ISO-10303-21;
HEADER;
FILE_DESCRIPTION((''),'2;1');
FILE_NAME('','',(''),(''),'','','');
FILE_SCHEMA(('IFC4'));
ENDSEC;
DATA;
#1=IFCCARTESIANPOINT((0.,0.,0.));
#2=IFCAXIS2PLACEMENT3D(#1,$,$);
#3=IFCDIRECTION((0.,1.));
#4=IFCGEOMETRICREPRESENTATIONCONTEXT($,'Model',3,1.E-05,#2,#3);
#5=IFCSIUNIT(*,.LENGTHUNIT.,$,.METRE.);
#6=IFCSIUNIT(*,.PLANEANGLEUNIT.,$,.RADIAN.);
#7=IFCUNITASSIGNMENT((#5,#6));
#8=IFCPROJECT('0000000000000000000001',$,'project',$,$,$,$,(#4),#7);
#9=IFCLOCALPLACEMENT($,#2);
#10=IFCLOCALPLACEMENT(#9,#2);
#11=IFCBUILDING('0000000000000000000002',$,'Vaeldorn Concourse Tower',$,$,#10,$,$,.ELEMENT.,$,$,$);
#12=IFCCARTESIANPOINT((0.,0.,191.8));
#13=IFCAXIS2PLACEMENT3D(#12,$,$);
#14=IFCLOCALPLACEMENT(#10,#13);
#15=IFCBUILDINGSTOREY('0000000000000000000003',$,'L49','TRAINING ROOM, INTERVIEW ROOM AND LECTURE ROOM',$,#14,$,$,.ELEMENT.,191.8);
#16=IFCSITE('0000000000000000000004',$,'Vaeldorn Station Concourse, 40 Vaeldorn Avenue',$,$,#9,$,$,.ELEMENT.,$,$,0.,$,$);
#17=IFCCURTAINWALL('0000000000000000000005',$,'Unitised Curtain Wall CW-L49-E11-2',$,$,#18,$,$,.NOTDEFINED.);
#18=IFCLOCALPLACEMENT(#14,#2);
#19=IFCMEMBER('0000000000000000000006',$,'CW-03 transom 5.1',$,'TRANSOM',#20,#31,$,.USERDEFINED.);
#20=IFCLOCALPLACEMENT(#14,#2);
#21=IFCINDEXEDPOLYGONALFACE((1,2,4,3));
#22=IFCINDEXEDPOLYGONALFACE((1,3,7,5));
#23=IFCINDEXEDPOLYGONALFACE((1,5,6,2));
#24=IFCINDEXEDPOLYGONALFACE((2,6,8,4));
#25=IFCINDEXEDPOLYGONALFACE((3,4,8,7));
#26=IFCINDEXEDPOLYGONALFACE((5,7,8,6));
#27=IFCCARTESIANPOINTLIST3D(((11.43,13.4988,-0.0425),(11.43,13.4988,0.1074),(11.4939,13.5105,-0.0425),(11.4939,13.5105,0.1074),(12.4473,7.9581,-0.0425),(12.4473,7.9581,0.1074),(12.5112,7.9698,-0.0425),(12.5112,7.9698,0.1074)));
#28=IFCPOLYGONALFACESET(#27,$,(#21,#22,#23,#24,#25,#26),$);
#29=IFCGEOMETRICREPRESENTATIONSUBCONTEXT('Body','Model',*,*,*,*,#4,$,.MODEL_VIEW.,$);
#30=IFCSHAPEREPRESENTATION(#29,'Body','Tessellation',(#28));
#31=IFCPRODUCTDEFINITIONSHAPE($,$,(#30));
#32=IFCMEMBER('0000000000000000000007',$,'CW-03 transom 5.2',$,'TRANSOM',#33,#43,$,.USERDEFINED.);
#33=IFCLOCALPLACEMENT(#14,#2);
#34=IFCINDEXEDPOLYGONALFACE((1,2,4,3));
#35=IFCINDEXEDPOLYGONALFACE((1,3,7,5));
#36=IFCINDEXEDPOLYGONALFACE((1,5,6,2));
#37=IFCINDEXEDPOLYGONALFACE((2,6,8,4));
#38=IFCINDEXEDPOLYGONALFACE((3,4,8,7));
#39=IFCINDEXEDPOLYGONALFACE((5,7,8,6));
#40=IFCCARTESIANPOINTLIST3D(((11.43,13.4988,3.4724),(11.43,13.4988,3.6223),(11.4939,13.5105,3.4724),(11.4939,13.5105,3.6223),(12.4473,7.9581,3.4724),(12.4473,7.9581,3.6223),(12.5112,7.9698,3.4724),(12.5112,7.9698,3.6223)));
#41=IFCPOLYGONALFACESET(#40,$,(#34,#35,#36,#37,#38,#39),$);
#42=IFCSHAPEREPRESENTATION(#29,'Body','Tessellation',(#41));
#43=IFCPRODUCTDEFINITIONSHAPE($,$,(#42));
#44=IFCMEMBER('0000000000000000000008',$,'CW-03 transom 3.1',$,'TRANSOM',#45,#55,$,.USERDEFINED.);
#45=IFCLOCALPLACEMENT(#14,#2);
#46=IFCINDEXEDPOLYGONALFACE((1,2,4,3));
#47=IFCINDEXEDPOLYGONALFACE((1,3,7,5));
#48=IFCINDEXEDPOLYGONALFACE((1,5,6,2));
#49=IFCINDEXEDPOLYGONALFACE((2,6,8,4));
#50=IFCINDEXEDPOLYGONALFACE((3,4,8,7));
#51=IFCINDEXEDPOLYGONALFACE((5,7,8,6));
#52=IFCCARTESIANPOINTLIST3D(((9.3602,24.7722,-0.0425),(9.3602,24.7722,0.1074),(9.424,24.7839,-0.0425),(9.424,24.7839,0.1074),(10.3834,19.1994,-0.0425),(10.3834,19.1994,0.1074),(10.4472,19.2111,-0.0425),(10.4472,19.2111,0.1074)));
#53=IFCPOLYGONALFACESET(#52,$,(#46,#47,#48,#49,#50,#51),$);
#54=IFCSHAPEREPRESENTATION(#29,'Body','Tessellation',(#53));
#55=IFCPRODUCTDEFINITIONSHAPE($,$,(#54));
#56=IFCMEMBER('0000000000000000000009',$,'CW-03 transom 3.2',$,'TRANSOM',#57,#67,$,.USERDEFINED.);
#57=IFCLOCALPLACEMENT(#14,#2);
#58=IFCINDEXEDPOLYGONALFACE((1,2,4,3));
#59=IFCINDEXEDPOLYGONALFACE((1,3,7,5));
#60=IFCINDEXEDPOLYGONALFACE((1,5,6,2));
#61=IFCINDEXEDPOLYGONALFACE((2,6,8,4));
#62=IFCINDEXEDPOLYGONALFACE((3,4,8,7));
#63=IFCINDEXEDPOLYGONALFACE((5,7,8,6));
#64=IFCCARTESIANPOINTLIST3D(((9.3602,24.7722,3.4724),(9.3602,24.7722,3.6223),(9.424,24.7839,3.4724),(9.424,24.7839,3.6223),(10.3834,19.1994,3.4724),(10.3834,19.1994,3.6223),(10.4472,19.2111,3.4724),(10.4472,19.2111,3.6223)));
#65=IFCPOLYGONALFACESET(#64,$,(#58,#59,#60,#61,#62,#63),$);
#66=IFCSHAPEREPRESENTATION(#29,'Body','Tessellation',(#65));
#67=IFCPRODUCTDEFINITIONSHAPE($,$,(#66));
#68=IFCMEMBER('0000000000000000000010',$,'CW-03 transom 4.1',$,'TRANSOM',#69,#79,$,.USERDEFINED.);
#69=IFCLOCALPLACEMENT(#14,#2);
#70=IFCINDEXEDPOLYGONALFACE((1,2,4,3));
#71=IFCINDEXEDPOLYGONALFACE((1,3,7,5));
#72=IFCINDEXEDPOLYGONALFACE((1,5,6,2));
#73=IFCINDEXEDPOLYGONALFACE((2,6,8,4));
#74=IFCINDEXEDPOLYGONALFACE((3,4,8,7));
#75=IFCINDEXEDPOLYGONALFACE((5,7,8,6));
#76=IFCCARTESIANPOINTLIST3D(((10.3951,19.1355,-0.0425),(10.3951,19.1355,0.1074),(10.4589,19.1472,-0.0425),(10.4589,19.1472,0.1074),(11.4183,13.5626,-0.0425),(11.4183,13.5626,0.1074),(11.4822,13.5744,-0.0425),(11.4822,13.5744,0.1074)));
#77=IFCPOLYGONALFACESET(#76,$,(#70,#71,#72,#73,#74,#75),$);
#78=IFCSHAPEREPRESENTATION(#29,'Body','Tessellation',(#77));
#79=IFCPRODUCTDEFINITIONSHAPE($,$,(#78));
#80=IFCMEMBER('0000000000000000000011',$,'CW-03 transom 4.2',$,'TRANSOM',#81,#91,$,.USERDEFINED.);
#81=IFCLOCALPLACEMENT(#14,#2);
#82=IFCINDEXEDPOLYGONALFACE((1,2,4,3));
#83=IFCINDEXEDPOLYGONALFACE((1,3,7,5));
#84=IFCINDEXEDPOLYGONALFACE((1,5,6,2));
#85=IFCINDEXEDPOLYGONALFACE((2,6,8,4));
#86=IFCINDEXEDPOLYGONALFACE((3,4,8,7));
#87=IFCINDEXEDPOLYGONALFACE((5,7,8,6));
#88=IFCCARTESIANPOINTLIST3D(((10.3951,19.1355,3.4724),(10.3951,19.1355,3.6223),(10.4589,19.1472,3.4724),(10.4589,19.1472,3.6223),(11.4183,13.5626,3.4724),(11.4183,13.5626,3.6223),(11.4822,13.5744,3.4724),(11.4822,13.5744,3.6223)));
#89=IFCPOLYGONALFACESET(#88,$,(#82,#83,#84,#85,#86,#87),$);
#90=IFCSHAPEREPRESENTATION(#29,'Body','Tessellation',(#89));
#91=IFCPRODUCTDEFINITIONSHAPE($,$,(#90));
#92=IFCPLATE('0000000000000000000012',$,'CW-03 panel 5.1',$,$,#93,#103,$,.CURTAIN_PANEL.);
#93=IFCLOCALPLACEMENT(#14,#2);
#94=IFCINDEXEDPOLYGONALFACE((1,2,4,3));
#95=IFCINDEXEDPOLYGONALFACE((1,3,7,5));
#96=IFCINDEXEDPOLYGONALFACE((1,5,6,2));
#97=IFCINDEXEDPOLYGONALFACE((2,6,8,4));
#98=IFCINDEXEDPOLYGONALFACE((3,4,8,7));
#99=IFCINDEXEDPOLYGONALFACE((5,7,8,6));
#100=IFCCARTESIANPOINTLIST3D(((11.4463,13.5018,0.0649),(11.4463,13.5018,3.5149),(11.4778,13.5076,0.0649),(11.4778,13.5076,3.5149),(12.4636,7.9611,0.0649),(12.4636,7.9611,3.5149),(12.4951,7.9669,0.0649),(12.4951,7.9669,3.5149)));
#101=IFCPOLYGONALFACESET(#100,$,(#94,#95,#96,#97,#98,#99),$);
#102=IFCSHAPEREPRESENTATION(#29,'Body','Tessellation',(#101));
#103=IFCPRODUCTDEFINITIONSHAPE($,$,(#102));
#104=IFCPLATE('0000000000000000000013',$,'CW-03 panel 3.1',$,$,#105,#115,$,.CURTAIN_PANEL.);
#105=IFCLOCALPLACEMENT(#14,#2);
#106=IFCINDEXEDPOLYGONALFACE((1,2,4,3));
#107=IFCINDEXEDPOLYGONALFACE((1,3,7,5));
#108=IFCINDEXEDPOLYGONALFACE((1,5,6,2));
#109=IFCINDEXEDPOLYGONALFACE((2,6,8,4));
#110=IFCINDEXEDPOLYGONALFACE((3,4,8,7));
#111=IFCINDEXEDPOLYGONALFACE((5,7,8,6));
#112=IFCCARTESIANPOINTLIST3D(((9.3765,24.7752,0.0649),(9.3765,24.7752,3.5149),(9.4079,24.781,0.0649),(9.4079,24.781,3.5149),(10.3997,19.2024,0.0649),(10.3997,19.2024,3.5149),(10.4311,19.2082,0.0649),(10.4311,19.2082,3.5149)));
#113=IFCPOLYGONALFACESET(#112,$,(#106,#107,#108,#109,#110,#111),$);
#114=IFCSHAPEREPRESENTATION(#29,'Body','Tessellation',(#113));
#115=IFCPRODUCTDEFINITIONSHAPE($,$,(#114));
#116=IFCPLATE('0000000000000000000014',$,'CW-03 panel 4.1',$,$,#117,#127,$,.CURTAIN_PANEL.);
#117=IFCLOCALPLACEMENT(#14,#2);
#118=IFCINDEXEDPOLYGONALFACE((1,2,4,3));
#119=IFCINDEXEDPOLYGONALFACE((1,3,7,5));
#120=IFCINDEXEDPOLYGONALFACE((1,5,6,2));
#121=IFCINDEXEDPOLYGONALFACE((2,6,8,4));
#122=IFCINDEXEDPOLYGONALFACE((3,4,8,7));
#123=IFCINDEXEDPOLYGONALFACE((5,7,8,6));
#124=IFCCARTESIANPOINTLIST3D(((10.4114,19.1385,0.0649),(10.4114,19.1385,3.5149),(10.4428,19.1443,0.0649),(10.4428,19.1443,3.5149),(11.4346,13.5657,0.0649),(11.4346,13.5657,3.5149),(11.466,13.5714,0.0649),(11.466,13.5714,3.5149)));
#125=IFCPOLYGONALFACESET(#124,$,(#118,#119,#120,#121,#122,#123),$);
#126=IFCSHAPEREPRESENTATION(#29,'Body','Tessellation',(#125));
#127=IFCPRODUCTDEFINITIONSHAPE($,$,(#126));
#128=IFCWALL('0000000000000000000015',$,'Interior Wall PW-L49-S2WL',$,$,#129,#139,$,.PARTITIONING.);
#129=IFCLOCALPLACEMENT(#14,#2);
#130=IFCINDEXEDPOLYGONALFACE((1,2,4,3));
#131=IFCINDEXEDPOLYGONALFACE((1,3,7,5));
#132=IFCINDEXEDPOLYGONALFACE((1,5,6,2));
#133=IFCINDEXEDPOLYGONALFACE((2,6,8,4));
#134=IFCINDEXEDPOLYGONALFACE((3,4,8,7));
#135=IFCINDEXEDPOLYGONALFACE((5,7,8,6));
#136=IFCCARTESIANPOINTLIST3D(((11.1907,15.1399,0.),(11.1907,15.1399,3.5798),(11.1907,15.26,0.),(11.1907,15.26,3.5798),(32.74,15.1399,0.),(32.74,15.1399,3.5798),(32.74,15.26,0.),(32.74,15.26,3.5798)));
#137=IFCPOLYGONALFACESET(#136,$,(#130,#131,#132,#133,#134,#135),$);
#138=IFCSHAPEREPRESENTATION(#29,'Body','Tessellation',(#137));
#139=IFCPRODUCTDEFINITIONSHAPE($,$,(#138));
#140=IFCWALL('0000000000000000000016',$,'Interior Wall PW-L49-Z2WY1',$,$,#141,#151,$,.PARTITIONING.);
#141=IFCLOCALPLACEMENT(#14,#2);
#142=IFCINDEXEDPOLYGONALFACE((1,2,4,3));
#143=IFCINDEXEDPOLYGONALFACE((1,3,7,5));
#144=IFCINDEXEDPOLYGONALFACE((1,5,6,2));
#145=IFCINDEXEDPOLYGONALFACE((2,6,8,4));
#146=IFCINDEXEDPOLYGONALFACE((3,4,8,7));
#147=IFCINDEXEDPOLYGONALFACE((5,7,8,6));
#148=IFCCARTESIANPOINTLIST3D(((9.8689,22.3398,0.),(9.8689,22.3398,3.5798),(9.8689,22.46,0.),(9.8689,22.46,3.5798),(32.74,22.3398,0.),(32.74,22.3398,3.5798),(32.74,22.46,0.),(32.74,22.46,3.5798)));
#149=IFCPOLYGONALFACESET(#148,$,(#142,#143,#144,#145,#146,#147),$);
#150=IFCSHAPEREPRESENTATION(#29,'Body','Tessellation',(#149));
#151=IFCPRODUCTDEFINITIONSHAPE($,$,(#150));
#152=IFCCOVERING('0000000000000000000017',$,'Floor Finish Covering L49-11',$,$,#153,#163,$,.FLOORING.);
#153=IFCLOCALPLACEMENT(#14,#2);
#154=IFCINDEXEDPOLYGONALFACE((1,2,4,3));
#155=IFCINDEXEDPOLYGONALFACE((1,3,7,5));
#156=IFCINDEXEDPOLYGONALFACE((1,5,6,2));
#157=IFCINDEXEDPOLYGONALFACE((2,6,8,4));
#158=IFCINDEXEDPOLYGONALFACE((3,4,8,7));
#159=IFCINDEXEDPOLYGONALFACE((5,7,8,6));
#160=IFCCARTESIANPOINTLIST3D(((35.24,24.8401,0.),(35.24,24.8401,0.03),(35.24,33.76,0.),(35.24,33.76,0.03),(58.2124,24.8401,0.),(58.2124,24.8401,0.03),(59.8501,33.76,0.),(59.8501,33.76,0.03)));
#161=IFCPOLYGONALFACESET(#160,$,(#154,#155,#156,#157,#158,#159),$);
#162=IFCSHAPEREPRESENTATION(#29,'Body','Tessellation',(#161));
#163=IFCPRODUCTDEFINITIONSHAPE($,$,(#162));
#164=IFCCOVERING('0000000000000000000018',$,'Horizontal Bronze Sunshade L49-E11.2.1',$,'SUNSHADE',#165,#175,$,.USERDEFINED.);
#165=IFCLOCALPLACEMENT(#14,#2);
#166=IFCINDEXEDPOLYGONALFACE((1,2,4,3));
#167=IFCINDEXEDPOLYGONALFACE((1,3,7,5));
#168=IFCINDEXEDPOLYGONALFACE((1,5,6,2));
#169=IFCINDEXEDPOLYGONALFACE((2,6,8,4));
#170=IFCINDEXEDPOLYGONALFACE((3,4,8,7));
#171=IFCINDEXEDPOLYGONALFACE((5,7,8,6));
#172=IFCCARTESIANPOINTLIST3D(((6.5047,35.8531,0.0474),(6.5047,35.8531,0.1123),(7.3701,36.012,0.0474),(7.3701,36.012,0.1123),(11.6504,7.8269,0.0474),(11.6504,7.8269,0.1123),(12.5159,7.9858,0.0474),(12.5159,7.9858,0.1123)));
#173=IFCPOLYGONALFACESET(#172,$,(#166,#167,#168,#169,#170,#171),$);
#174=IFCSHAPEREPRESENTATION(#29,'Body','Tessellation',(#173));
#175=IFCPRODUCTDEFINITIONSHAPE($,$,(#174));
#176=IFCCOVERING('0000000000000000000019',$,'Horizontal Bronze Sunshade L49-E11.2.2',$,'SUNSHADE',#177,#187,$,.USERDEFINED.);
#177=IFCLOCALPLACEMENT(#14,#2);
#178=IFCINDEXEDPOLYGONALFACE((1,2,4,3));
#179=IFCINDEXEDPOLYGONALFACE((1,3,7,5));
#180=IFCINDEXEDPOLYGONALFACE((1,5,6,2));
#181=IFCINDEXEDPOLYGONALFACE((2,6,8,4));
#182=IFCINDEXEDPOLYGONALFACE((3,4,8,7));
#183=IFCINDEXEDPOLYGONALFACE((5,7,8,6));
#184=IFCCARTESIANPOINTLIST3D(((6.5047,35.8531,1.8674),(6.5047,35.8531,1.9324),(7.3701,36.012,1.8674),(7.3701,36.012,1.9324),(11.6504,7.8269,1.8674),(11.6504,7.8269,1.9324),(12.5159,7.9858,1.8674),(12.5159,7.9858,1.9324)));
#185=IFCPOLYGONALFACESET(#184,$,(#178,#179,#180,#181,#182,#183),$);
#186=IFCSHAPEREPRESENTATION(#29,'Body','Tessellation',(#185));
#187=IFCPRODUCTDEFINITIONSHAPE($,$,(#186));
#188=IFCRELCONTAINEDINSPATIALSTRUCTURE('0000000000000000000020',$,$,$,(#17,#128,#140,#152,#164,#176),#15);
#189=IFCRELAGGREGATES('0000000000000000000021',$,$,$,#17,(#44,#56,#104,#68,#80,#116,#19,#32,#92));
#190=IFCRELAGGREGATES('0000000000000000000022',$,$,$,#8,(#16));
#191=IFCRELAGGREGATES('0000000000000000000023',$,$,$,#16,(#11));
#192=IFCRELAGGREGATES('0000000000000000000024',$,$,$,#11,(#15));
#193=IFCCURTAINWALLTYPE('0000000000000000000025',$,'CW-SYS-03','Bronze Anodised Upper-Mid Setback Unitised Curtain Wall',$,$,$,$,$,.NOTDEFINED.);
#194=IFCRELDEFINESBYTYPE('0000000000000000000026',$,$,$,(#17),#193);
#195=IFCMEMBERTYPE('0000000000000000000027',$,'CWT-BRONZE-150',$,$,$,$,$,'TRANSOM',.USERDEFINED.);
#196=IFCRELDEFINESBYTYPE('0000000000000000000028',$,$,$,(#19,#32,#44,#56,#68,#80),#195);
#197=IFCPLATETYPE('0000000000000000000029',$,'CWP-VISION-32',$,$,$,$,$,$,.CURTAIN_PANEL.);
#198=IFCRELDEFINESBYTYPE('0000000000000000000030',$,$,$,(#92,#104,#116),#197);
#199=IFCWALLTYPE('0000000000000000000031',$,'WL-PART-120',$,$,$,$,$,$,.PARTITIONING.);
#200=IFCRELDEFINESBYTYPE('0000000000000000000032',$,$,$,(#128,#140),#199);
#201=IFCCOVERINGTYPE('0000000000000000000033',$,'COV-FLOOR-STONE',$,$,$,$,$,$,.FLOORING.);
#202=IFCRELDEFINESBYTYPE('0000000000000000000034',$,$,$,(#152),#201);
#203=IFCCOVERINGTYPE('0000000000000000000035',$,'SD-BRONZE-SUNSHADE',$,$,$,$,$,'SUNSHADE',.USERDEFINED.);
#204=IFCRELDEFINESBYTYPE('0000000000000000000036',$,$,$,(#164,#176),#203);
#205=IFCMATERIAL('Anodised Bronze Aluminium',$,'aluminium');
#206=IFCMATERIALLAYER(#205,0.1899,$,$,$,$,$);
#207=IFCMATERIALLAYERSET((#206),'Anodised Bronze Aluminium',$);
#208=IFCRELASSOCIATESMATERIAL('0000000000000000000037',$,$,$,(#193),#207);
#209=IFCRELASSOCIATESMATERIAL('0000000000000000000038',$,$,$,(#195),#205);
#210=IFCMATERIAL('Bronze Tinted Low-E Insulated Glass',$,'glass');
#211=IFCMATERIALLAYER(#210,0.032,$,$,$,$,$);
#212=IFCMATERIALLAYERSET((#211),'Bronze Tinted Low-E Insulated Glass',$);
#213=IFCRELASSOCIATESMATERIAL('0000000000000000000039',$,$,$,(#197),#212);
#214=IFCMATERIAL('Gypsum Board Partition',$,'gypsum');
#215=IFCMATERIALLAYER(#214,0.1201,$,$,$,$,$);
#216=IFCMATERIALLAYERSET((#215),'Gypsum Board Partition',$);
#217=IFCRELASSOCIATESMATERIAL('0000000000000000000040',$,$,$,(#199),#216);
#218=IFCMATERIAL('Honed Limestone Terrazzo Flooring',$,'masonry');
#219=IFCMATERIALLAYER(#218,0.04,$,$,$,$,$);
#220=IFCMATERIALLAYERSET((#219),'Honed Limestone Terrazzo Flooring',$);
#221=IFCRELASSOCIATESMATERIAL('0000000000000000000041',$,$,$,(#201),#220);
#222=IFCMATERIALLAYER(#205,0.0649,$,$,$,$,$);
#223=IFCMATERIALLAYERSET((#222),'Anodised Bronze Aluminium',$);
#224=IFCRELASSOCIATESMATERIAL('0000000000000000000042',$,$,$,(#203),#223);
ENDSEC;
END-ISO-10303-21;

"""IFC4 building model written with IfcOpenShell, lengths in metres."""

from ifc_helpers import new_model, si_unit, direction, frame, frame_2d, origin, origin_2d, place, context, subcontext, project, spatial, polyline, rectangle, outline, extrude, source, transform, mapped, material, layer, layer_set, material_profile, profile_set, type_object, element, aggregate, save


model = new_model("IFC4")

# Units and contexts
model_context = context("Model", 3, precision=1e-05, world=origin(), true_north=direction((0.0, 1.0)))
body_context = subcontext(model_context, "Body", "Model", "MODEL_VIEW")
ifc_project = project(units=[si_unit("LENGTHUNIT", "METRE"), si_unit("PLANEANGLEUNIT", "RADIAN")], contexts=[model_context])

# Site, building, storey
site_placement = place(None, origin())
site = spatial("IfcSite", under=ifc_project, at=site_placement, Name="Vaeldorn Station Concourse, 40 Vaeldorn Avenue", CompositionType="ELEMENT", RefElevation=0.0)
building_placement = place(site_placement, origin())
building = spatial("IfcBuilding", under=site, at=building_placement, Name="Vaeldorn Concourse Tower", CompositionType="ELEMENT")
storey_placement = place(building_placement, frame((0.0, 0.0, 191.8)))
storey = spatial("IfcBuildingStorey", under=building, at=storey_placement, Name="L49", Description="TRAINING ROOM, INTERVIEW ROOM AND LECTURE ROOM", CompositionType="ELEMENT", Elevation=191.8)

# Curtain wall, members, plates
ifc_material_1 = material(Name="Anodised Bronze Aluminium", Category="aluminium")
ifc_layer_1 = layer(ifc_material_1, 0.1899)
ifc_layer_set_1 = layer_set([ifc_layer_1], Name="Anodised Bronze Aluminium")
curtain_wall_type = type_object("IfcCurtainWallType", Name="CW-SYS-03", Description="Bronze Anodised Upper-Mid Setback Unitised Curtain Wall", PredefinedType="NOTDEFINED", material=ifc_layer_set_1)
curtain_wall_placement = place(storey_placement, origin())
curtain_wall = element("IfcCurtainWall", 1, at=curtain_wall_placement, inside=storey, type_object=curtain_wall_type, Name="Unitised Curtain Wall CW-L49-E11-2", PredefinedType="NOTDEFINED")
ifc_material_profile_1 = material_profile(ifc_material_1, rectangle(XDim=0.0649, YDim=0.1499, at=origin_2d()), Name="CWT 65x150")
ifc_profile_set_1 = profile_set([ifc_material_profile_1], Name="Anodised Bronze Aluminium")
member_type_1 = type_object("IfcMemberType", Name="CWT-BRONZE-150", ElementType="TRANSOM", PredefinedType="USERDEFINED", material=ifc_profile_set_1)
shared_shape_1 = source(origin(), body_context, "Body", "SweptSolid", [
    extrude(rectangle(XDim=0.0649, YDim=0.1499, at=origin_2d()), origin(), (0.0, 0.0, 1.0), 5.6333),
])
member_1_placement = place(storey_placement, frame((11.4619, 13.5046, 0.0325), z_axis=(0.18059, -0.983558, 0.0), x_axis=(0.983558, 0.18059, 0.0)))
member_1 = element("IfcMember", 2, at=member_1_placement, type_object=member_type_1, Name="CW-03 transom 5.1", ObjectType="TRANSOM", PredefinedType="USERDEFINED", context=body_context, shape_type="MappedRepresentation", body=[
    mapped(shared_shape_1, transform((0.0, 0.0, 0.0), scale=1.0)),
])
member_2_placement = place(storey_placement, frame((11.4619, 13.5046, 3.5474), z_axis=(0.18059, -0.983558, 0.0), x_axis=(0.983558, 0.18059, 0.0)))
member_2 = element("IfcMember", 3, at=member_2_placement, type_object=member_type_1, Name="CW-03 transom 5.2", ObjectType="TRANSOM", PredefinedType="USERDEFINED", context=body_context, shape_type="MappedRepresentation", body=[
    mapped(shared_shape_1, transform((0.0, 0.0, 0.0), scale=1.0)),
])
shared_shape_2 = source(origin(), body_context, "Body", "SweptSolid", [
    extrude(rectangle(XDim=0.0649, YDim=0.1499, at=origin_2d()), origin(), (0.0, 0.0, 1.0), 5.666),
])
member_3_placement = place(storey_placement, frame((9.3921, 24.7781, 0.0325), z_axis=(0.180588, -0.983559, 0.0), x_axis=(0.983559, 0.180588, 0.0)))
member_3 = element("IfcMember", 4, at=member_3_placement, type_object=member_type_1, Name="CW-03 transom 3.1", ObjectType="TRANSOM", PredefinedType="USERDEFINED", context=body_context, shape_type="MappedRepresentation", body=[
    mapped(shared_shape_2, transform((0.0, 0.0, 0.0), scale=1.0)),
])
member_4_placement = place(storey_placement, frame((9.3921, 24.7781, 3.5474), z_axis=(0.180588, -0.983559, 0.0), x_axis=(0.983559, 0.180588, 0.0)))
member_4 = element("IfcMember", 5, at=member_4_placement, type_object=member_type_1, Name="CW-03 transom 3.2", ObjectType="TRANSOM", PredefinedType="USERDEFINED", context=body_context, shape_type="MappedRepresentation", body=[
    mapped(shared_shape_2, transform((0.0, 0.0, 0.0), scale=1.0)),
])
member_5_placement = place(storey_placement, frame((10.427, 19.1414, 0.0325), z_axis=(0.180588, -0.983559, 0.0), x_axis=(0.983559, 0.180588, 0.0)))
member_5 = element("IfcMember", 6, at=member_5_placement, type_object=member_type_1, Name="CW-03 transom 4.1", ObjectType="TRANSOM", PredefinedType="USERDEFINED", context=body_context, shape_type="MappedRepresentation", body=[
    mapped(shared_shape_2, transform((0.0, 0.0, 0.0), scale=1.0)),
])
member_6_placement = place(storey_placement, frame((10.427, 19.1414, 3.5474), z_axis=(0.180588, -0.983559, 0.0), x_axis=(0.983559, 0.180588, 0.0)))
member_6 = element("IfcMember", 7, at=member_6_placement, type_object=member_type_1, Name="CW-03 transom 4.2", ObjectType="TRANSOM", PredefinedType="USERDEFINED", context=body_context, shape_type="MappedRepresentation", body=[
    mapped(shared_shape_2, transform((0.0, 0.0, 0.0), scale=1.0)),
])
ifc_material_2 = material(Name="Bronze Tinted Low-E Insulated Glass", Category="glass")
ifc_layer_2 = layer(ifc_material_2, 0.032)
ifc_layer_set_2 = layer_set([ifc_layer_2], Name="Bronze Tinted Low-E Insulated Glass")
plate_type = type_object("IfcPlateType", Name="CWP-VISION-32", PredefinedType="CURTAIN_PANEL", material=ifc_layer_set_2)
shared_shape_3 = source(origin(), body_context, "Body", "SweptSolid", [
    extrude(rectangle(XDim=5.6333, YDim=0.032, at=origin_2d()), origin(), (0.0, 0.0, 1.0), 3.45),
])
plate_1_placement = place(storey_placement, frame((11.9707, 10.7344, 0.0649), z_axis=(0.0, 0.0, 1.0), x_axis=(0.180585, -0.983559, 0.0)))
plate_1 = element("IfcPlate", 8, at=plate_1_placement, type_object=plate_type, Name="CW-03 panel 5.1", PredefinedType="CURTAIN_PANEL", context=body_context, shape_type="MappedRepresentation", body=[
    mapped(shared_shape_3, transform((0.0, 0.0, 0.0), scale=1.0)),
])
shared_shape_4 = source(origin(), body_context, "Body", "SweptSolid", [
    extrude(rectangle(XDim=5.666, YDim=0.032, at=origin_2d()), origin(), (0.0, 0.0, 1.0), 3.45),
])
plate_2_placement = place(storey_placement, frame((9.9038, 21.9917, 0.0649), z_axis=(0.0, 0.0, 1.0), x_axis=(0.180585, -0.983559, 0.0)))
plate_2 = element("IfcPlate", 9, at=plate_2_placement, type_object=plate_type, Name="CW-03 panel 3.1", PredefinedType="CURTAIN_PANEL", context=body_context, shape_type="MappedRepresentation", body=[
    mapped(shared_shape_4, transform((0.0, 0.0, 0.0), scale=1.0)),
])
plate_3_placement = place(storey_placement, frame((10.9387, 16.355, 0.0649), z_axis=(0.0, 0.0, 1.0), x_axis=(0.180585, -0.983559, 0.0)))
plate_3 = element("IfcPlate", 10, at=plate_3_placement, type_object=plate_type, Name="CW-03 panel 4.1", PredefinedType="CURTAIN_PANEL", context=body_context, shape_type="MappedRepresentation", body=[
    mapped(shared_shape_4, transform((0.0, 0.0, 0.0), scale=1.0)),
])
aggregate(curtain_wall, [member_3, member_4, plate_2, member_5, member_6, plate_3, member_1, member_2, plate_1])

# Walls
ifc_material_3 = material(Name="Gypsum Board Partition", Category="gypsum")
ifc_layer_3 = layer(ifc_material_3, 0.1201)
ifc_layer_set_3 = layer_set([ifc_layer_3], Name="Gypsum Board Partition")
wall_type = type_object("IfcWallType", Name="WL-PART-120", PredefinedType="PARTITIONING", material=ifc_layer_set_3)
wall_1_placement = place(storey_placement, frame((11.1907, 15.2, 0.0), z_axis=(0.0, 0.0, 1.0), x_axis=(1.0, 0.0, 0.0)))
element("IfcWall", 11, at=wall_1_placement, inside=storey, type_object=wall_type, Name="Interior Wall PW-L49-S2WL", PredefinedType="PARTITIONING", context=body_context, shape_type="SweptSolid", body=[
    extrude(rectangle(XDim=21.5493, YDim=0.1201, at=frame_2d((10.7747, 0.0))), origin(), (0.0, 0.0, 1.0), 3.5798),
])
wall_2_placement = place(storey_placement, frame((9.8689, 22.3999, 0.0), z_axis=(0.0, 0.0, 1.0), x_axis=(1.0, 0.0, 0.0)))
element("IfcWall", 12, at=wall_2_placement, inside=storey, type_object=wall_type, Name="Interior Wall PW-L49-Z2WY1", PredefinedType="PARTITIONING", context=body_context, shape_type="SweptSolid", body=[
    extrude(rectangle(XDim=22.8711, YDim=0.1201, at=frame_2d((11.4355, 0.0))), origin(), (0.0, 0.0, 1.0), 3.5798),
])

# Coverings
ifc_material_4 = material(Name="Honed Limestone Terrazzo Flooring", Category="masonry")
ifc_layer_4 = layer(ifc_material_4, 0.04)
ifc_layer_set_4 = layer_set([ifc_layer_4], Name="Honed Limestone Terrazzo Flooring")
covering_type_1 = type_object("IfcCoveringType", Name="COV-FLOOR-STONE", PredefinedType="FLOORING", material=ifc_layer_set_4)
covering_placement = place(storey_placement, origin())
element("IfcCovering", 13, at=covering_placement, inside=storey, type_object=covering_type_1, Name="Floor Finish Covering L49-11", PredefinedType="FLOORING", context=body_context, shape_type="SweptSolid", body=[
    extrude(outline(polyline([(35.24, 24.8401), (35.24, 33.76), (59.8501, 33.76), (58.2124, 24.8401), (35.24, 24.8401)])), origin(), (0.0, 0.0, 1.0), 0.03),
])
ifc_layer_5 = layer(ifc_material_1, 0.0649)
ifc_layer_set_5 = layer_set([ifc_layer_5], Name="Anodised Bronze Aluminium")
covering_type_2 = type_object("IfcCoveringType", Name="SD-BRONZE-SUNSHADE", ElementType="SUNSHADE", PredefinedType="USERDEFINED", material=ifc_layer_set_5)
shared_shape_5 = source(origin(), body_context, "Body", "SweptSolid", [
    extrude(rectangle(XDim=28.4946, YDim=0.8799, at=origin_2d()), origin(), (0.0, 0.0, 1.0), 0.0649),
])
for number, where, z_axis, x_axis, name in (
    (14, (9.5103, 21.9194, 0.0474), (0.0, 0.0, 1.0), (0.180588, -0.983559, 0.0), "Horizontal Bronze Sunshade L49-E11.2.1"),
    (15, (9.5103, 21.9194, 1.8674), (0.0, 0.0, 1.0), (0.180588, -0.983559, 0.0), "Horizontal Bronze Sunshade L49-E11.2.2"),
):
    element("IfcCovering", number, at=place(storey_placement, frame(where, z_axis=z_axis, x_axis=x_axis)), inside=storey, type_object=covering_type_2, Name=name, ObjectType="SUNSHADE", PredefinedType="USERDEFINED", context=body_context, shape_type="MappedRepresentation", body=[
        mapped(shared_shape_5, transform((0.0, 0.0, 0.0), scale=1.0)),
    ])

save(model, "model.ifc")
